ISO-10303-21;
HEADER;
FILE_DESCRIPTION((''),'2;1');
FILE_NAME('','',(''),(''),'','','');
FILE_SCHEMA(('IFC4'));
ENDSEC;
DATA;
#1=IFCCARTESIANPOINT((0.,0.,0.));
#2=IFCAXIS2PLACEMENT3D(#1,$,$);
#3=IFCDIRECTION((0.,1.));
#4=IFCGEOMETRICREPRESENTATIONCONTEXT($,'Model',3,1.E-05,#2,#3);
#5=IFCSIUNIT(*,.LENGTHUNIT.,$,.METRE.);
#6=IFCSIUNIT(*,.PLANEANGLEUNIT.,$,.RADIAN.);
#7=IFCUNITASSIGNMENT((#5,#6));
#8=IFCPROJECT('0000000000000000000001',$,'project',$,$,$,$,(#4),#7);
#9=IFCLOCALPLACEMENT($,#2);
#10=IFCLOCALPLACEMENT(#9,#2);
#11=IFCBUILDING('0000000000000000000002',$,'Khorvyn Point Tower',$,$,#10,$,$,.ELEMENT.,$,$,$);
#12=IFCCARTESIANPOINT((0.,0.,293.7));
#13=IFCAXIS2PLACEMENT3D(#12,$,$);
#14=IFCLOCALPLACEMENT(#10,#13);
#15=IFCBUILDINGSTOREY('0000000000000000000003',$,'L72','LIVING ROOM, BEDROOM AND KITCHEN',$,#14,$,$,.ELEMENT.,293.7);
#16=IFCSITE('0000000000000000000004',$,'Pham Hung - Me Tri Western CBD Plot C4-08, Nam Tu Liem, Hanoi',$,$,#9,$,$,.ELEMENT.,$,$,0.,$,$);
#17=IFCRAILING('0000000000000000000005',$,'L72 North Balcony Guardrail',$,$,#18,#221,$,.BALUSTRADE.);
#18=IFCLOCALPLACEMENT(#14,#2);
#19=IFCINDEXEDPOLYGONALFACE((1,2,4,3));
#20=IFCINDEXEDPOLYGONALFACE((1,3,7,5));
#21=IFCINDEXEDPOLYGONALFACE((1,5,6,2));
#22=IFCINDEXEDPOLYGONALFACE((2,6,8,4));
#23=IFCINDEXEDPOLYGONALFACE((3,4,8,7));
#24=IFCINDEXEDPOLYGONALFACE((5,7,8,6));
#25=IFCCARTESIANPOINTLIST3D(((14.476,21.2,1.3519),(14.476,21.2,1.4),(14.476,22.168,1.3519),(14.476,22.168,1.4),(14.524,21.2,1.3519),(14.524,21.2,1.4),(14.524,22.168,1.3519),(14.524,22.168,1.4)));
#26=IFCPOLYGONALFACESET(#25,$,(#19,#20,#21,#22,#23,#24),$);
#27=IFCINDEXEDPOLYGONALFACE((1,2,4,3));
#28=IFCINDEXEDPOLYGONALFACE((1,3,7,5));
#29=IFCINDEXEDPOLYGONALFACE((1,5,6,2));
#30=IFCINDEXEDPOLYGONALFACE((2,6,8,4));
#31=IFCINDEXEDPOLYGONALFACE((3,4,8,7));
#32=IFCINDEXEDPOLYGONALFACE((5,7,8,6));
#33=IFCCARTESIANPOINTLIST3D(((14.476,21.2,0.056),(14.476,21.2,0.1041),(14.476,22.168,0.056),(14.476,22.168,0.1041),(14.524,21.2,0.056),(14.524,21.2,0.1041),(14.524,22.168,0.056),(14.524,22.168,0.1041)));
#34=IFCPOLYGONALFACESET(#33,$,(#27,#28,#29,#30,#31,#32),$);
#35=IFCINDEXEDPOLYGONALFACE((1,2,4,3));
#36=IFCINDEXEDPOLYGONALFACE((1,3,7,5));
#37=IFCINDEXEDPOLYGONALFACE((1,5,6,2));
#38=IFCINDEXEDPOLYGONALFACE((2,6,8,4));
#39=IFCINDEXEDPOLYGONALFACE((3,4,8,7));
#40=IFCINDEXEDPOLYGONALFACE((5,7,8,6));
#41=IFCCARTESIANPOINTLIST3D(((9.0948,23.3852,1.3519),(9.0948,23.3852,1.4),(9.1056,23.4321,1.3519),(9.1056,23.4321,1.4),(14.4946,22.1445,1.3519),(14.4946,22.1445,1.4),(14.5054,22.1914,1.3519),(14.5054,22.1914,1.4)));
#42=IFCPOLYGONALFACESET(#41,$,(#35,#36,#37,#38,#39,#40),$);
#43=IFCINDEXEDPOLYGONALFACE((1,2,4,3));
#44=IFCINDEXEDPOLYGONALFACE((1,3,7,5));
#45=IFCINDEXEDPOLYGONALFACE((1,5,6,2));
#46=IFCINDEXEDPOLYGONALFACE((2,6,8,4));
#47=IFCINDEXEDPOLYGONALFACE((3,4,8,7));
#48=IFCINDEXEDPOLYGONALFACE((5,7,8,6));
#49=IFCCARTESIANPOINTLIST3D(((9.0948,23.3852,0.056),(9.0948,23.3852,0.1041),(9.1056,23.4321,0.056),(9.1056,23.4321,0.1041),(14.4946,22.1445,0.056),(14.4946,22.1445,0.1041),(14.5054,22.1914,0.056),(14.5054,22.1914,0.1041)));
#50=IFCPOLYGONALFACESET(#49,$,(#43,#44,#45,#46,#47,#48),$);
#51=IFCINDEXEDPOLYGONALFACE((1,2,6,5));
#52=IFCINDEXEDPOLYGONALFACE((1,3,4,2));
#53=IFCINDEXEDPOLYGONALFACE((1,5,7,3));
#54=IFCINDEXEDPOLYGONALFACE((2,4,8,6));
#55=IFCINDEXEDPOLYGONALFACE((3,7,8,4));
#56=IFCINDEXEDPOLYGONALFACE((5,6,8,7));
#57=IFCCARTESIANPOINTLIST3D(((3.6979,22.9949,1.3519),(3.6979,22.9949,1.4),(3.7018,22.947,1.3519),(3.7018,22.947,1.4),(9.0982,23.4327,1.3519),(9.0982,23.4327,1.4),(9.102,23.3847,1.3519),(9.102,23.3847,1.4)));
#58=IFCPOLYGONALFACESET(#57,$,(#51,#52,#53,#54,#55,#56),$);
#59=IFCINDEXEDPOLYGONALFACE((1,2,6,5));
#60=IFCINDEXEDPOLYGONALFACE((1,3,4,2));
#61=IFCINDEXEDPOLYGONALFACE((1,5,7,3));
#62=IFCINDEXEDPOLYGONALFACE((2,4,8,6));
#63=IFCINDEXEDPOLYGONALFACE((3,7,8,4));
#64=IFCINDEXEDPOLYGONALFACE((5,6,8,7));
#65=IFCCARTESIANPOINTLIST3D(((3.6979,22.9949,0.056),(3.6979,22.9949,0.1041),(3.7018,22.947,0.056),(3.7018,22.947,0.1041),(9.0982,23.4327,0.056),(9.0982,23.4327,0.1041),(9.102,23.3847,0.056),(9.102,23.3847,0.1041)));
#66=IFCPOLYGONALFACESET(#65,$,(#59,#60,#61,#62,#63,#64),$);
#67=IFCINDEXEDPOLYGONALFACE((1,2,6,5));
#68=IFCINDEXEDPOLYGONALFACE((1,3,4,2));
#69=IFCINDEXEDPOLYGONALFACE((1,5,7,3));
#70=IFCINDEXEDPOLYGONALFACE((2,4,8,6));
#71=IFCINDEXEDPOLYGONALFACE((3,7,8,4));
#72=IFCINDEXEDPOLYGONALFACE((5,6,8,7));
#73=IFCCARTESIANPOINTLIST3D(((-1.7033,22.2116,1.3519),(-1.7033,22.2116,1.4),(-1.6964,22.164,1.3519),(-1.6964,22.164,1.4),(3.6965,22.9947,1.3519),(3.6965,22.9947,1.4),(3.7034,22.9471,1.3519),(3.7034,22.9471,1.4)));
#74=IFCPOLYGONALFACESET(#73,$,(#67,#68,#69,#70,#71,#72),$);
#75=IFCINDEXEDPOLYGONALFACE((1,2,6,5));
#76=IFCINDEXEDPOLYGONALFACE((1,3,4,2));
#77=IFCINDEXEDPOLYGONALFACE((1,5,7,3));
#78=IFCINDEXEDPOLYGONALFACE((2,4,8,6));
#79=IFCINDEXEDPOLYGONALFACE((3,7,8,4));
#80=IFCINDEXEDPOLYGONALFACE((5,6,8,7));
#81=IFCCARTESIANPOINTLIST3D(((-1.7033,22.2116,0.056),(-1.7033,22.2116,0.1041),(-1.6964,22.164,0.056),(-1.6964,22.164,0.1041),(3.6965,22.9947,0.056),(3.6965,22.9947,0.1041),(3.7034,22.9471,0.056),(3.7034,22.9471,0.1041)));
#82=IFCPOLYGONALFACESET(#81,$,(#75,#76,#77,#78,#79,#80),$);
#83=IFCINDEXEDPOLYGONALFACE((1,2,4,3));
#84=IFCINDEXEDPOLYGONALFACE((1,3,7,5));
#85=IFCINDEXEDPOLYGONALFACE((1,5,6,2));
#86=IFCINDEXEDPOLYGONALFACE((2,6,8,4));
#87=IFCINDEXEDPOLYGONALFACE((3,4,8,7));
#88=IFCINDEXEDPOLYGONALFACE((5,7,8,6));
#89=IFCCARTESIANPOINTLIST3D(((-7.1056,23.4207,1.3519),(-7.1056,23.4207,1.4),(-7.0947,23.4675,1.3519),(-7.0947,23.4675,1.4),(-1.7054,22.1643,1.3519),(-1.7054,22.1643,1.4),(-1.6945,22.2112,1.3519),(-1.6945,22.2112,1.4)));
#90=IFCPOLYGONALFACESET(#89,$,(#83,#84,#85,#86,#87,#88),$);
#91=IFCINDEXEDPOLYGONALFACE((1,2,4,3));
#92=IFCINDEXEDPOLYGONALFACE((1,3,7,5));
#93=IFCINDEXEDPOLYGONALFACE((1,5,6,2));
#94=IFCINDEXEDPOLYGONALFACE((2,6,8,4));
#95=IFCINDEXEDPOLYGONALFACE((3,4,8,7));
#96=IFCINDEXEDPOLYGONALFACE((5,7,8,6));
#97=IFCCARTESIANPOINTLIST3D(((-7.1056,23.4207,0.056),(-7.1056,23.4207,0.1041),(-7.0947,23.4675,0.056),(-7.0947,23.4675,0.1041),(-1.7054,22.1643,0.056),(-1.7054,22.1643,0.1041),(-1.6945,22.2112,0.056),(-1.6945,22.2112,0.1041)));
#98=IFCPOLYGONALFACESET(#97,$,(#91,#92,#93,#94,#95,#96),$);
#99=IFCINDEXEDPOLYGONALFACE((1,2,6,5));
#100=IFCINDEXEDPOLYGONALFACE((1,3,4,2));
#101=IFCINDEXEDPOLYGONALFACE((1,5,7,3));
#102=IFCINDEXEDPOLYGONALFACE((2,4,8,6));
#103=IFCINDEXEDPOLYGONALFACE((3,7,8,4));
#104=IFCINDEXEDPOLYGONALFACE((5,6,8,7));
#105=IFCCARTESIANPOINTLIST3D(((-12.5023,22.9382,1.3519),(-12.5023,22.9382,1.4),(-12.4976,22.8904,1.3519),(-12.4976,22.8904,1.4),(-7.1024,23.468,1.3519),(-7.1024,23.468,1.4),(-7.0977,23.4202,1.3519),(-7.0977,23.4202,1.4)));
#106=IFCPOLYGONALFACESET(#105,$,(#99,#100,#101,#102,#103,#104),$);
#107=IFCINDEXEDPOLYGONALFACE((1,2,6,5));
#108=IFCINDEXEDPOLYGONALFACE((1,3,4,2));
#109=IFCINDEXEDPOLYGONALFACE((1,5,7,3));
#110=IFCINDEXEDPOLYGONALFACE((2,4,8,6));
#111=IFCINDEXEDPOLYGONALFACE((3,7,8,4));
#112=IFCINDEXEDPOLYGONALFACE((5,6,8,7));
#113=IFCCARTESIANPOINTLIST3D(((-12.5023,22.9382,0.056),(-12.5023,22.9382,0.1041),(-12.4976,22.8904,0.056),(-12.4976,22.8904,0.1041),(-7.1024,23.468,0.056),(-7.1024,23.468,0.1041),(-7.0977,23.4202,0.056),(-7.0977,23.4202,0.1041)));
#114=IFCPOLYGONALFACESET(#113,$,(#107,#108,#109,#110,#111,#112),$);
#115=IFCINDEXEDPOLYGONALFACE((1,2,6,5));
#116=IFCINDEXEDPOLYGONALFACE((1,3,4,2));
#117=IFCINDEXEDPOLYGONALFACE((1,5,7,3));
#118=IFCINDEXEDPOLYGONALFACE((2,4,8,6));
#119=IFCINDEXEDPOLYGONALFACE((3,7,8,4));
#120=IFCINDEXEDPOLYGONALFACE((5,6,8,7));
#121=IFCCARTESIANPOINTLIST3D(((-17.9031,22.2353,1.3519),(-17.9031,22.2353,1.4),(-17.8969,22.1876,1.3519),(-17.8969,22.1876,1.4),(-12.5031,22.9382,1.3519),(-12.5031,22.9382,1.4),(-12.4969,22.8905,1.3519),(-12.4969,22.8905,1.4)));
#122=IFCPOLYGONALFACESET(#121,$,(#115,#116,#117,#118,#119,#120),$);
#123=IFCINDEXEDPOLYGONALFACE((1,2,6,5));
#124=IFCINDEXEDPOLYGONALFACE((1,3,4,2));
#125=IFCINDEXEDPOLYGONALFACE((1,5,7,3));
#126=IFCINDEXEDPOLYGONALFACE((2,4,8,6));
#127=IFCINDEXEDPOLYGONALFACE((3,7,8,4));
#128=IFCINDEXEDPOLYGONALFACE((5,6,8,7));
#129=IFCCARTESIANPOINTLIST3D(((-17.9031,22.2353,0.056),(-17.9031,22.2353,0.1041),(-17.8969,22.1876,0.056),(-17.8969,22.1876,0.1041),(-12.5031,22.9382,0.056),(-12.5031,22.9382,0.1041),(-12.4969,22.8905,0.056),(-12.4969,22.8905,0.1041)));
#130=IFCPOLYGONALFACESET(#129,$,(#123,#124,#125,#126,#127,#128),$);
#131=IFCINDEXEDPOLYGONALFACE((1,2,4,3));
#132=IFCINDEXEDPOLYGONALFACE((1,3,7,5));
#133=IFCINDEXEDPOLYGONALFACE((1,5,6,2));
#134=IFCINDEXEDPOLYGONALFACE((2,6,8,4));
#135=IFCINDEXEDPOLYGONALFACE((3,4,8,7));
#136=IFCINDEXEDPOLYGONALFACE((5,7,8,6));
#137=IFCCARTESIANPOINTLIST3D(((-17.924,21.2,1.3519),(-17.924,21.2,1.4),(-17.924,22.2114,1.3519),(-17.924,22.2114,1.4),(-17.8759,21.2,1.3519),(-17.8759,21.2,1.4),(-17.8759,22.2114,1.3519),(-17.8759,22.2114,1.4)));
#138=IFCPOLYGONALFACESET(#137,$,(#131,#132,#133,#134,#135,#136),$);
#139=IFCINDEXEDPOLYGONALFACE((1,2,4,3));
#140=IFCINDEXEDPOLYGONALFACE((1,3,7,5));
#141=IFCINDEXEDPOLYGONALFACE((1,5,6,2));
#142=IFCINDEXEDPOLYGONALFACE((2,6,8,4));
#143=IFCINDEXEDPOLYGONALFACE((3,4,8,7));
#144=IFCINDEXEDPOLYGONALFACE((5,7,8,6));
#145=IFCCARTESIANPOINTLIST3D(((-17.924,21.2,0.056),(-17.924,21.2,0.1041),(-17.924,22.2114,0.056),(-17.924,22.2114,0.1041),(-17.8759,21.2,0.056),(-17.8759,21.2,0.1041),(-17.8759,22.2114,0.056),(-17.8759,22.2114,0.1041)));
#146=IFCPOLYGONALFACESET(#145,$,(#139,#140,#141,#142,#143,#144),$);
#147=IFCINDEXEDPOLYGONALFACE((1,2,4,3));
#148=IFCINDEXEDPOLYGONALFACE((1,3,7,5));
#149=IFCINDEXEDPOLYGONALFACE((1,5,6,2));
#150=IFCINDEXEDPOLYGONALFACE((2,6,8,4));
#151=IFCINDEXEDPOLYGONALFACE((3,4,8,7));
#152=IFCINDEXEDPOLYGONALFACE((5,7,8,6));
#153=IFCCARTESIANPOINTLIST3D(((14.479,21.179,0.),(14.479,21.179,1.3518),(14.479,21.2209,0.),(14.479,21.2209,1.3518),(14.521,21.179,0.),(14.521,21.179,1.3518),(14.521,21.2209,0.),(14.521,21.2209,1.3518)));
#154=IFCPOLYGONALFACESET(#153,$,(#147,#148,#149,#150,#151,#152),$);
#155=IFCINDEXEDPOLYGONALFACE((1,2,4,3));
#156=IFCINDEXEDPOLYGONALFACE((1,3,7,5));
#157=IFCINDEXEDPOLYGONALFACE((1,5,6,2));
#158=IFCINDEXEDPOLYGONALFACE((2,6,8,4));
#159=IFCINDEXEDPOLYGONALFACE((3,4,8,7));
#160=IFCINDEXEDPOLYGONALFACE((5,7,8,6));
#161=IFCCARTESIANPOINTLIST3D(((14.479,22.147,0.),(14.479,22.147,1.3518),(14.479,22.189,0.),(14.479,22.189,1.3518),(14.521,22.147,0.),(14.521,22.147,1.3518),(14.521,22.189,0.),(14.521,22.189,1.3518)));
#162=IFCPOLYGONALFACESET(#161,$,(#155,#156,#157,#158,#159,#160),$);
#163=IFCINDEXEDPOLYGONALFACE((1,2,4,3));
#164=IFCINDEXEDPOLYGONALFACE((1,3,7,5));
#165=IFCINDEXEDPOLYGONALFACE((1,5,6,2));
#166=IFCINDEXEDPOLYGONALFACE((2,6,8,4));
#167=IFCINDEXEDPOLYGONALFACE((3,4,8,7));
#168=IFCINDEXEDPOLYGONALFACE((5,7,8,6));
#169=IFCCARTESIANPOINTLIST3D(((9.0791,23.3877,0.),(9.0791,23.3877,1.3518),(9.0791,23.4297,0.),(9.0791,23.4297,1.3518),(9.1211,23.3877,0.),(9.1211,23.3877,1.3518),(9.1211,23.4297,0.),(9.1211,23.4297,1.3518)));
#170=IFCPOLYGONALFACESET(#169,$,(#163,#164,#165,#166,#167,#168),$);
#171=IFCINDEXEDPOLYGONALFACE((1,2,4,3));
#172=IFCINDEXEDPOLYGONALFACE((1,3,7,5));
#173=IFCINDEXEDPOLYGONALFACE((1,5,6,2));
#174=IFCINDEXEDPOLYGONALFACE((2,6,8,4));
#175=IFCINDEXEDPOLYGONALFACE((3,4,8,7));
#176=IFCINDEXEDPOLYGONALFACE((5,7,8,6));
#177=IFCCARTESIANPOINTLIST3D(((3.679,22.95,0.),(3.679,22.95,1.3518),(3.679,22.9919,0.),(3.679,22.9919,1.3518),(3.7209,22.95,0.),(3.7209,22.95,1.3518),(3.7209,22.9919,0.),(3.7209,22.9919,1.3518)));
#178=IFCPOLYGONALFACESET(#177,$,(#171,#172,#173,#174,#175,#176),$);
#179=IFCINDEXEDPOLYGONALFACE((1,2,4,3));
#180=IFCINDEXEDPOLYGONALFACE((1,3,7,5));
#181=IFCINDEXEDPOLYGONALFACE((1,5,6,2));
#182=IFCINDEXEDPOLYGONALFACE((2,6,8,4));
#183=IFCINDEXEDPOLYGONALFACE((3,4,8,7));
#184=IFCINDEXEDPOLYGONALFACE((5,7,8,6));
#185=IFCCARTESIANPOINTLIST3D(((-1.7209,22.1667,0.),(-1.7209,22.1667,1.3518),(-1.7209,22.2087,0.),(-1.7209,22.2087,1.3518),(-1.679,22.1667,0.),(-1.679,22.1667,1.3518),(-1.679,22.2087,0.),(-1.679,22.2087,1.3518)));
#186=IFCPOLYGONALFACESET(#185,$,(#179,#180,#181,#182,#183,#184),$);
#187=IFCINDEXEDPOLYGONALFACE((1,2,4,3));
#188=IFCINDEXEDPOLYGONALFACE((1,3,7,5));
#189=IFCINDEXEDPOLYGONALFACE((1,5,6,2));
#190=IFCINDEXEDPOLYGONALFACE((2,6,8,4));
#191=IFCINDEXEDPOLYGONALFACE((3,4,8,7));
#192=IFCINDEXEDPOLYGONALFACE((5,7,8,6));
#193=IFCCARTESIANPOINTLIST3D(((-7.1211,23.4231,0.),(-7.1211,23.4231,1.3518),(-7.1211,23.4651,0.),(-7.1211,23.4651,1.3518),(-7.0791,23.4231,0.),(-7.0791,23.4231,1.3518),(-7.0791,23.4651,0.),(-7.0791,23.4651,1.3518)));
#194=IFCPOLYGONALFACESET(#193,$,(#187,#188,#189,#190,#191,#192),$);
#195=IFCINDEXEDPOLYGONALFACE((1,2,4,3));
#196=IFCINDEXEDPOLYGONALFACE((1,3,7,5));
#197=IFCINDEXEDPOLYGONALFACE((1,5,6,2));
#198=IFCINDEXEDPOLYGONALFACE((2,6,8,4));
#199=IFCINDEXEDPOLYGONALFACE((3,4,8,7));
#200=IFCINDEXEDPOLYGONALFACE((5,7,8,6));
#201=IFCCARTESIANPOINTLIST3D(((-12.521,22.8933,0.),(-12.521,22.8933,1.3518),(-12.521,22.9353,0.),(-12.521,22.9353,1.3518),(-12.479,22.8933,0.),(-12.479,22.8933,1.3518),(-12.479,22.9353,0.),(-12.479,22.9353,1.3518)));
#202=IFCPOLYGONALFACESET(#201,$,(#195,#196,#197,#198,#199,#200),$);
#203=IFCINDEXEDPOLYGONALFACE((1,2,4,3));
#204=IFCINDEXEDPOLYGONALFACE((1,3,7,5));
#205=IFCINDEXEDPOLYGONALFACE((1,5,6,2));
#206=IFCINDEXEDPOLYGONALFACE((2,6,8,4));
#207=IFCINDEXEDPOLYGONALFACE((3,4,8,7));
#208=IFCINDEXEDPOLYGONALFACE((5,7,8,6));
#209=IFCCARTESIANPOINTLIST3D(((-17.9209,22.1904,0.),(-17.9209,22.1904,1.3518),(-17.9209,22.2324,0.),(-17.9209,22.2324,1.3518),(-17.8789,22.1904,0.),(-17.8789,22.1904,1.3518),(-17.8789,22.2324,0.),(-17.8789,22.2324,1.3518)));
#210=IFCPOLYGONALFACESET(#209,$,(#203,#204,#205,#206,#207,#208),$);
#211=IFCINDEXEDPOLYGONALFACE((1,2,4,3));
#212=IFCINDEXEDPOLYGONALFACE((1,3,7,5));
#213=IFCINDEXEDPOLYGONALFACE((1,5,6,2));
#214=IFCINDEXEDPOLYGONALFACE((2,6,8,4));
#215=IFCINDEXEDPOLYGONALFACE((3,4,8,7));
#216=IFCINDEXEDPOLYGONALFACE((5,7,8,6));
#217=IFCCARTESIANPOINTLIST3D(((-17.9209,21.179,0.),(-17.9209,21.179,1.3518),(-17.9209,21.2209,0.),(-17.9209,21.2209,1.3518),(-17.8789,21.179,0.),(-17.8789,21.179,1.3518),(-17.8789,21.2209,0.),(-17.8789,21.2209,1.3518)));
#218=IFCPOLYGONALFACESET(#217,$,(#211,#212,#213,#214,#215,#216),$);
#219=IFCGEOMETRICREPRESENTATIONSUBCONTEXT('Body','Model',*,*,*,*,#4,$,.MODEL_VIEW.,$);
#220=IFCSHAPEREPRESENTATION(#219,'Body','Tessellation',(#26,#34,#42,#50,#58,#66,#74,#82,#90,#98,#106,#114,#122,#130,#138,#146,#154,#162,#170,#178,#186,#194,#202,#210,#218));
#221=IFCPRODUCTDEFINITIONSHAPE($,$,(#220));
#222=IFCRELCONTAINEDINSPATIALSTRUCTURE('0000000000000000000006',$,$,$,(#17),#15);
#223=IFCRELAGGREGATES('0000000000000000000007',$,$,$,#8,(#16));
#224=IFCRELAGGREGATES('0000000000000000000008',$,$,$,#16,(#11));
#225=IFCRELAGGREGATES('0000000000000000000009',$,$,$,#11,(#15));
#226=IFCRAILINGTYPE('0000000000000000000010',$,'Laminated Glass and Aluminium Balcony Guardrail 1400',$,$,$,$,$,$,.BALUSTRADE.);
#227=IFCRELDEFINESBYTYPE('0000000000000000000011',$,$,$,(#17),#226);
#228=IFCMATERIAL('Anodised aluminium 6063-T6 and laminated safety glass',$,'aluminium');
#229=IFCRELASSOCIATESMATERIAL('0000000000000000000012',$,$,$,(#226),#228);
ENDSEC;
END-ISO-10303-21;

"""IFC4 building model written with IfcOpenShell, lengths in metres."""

from ifc_helpers import new_model, si_unit, direction, frame, origin, origin_2d, place, context, subcontext, project, spatial, rectangle, extrude, material, type_object, element, save


model = new_model("IFC4")

# Units and contexts
model_context = context("Model", 3, precision=1e-05, world=origin(), true_north=direction((0.0, 1.0)))
body_context = subcontext(model_context, "Body", "Model", "MODEL_VIEW")
ifc_project = project(units=[si_unit("LENGTHUNIT", "METRE"), si_unit("PLANEANGLEUNIT", "RADIAN")], contexts=[model_context])

# Site, building, storey
site_placement = place(None, origin())
site = spatial("IfcSite", under=ifc_project, at=site_placement, Name="Pham Hung - Me Tri Western CBD Plot C4-08, Nam Tu Liem, Hanoi", CompositionType="ELEMENT", RefElevation=0.0)
building_placement = place(site_placement, origin())
building = spatial("IfcBuilding", under=site, at=building_placement, Name="Khorvyn Point Tower", CompositionType="ELEMENT")
storey_placement = place(building_placement, frame((0.0, 0.0, 293.7)))
storey = spatial("IfcBuildingStorey", under=building, at=storey_placement, Name="L72", Description="LIVING ROOM, BEDROOM AND KITCHEN", CompositionType="ELEMENT", Elevation=293.7)

# Railing
ifc_material_1 = material(Name="Anodised aluminium 6063-T6 and laminated safety glass", Category="aluminium")
railing_type = type_object("IfcRailingType", Name="Laminated Glass and Aluminium Balcony Guardrail 1400", PredefinedType="BALUSTRADE", material=ifc_material_1)
railing_1_placement = place(storey_placement, frame((14.5, 21.2, 0.0)))
element("IfcRailing", 1, at=railing_1_placement, inside=storey, type_object=railing_type, Name="L72 North Balcony Guardrail", PredefinedType="BALUSTRADE", context=body_context, shape_type="SweptSolid", body=[
    extrude(rectangle(XDim=0.0481, YDim=0.0481, at=origin_2d()), frame((0.0, 0.0, 1.376), z_axis=(0.0, 1.0, 0.0), x_axis=(-1.0, 0.0, 0.0)), (0.0, 0.0, 1.0), 0.968),
    extrude(rectangle(XDim=0.0481, YDim=0.0481, at=origin_2d()), frame((0.0, 0.0, 0.0801), z_axis=(0.0, 1.0, 0.0), x_axis=(-1.0, 0.0, 0.0)), (0.0, 0.0, 1.0), 0.968),
    extrude(rectangle(XDim=0.0481, YDim=0.0481, at=origin_2d()), frame((0.0, 0.968, 1.376), z_axis=(-0.974605, 0.223933, 0.0), x_axis=(-0.223933, -0.974605, 0.0)), (0.0, 0.0, 1.0), 5.5405),
    extrude(rectangle(XDim=0.0481, YDim=0.0481, at=origin_2d()), frame((0.0, 0.968, 0.0801), z_axis=(-0.974605, 0.223933, 0.0), x_axis=(-0.223933, -0.974605, 0.0)), (0.0, 0.0, 1.0), 5.5405),
    extrude(rectangle(XDim=0.0481, YDim=0.0481, at=origin_2d()), frame((-5.3999, 2.2087, 1.376), z_axis=(-0.996731, -0.080797, 0.0), x_axis=(0.080797, -0.996731, 0.0)), (0.0, 0.0, 1.0), 5.418),
    extrude(rectangle(XDim=0.0481, YDim=0.0481, at=origin_2d()), frame((-5.3999, 2.2087, 0.0801), z_axis=(-0.996731, -0.080797, 0.0), x_axis=(0.080797, -0.996731, 0.0)), (0.0, 0.0, 1.0), 5.418),
    extrude(rectangle(XDim=0.0481, YDim=0.0481, at=origin_2d()), frame((-10.8, 1.771, 1.376), z_axis=(-0.989645, -0.143538, 0.0), x_axis=(0.143538, -0.989645, 0.0)), (0.0, 0.0, 1.0), 5.4563),
    extrude(rectangle(XDim=0.0481, YDim=0.0481, at=origin_2d()), frame((-10.8, 1.771, 0.0801), z_axis=(-0.989645, -0.143538, 0.0), x_axis=(0.143538, -0.989645, 0.0)), (0.0, 0.0, 1.0), 5.4563),
    extrude(rectangle(XDim=0.0481, YDim=0.0481, at=origin_2d()), frame((-16.2, 0.9878, 1.376), z_axis=(-0.973988, 0.226599, 0.0), x_axis=(-0.226599, -0.973988, 0.0)), (0.0, 0.0, 1.0), 5.5444),
    extrude(rectangle(XDim=0.0481, YDim=0.0481, at=origin_2d()), frame((-16.2, 0.9878, 0.0801), z_axis=(-0.973988, 0.226599, 0.0), x_axis=(-0.226599, -0.973988, 0.0)), (0.0, 0.0, 1.0), 5.5444),
    extrude(rectangle(XDim=0.0481, YDim=0.0481, at=origin_2d()), frame((-21.6001, 2.2441, 1.376), z_axis=(-0.995222, -0.097641, 0.0), x_axis=(0.097641, -0.995222, 0.0)), (0.0, 0.0, 1.0), 5.4258),
    extrude(rectangle(XDim=0.0481, YDim=0.0481, at=origin_2d()), frame((-21.6001, 2.2441, 0.0801), z_axis=(-0.995222, -0.097641, 0.0), x_axis=(0.097641, -0.995222, 0.0)), (0.0, 0.0, 1.0), 5.4258),
    extrude(rectangle(XDim=0.0481, YDim=0.0481, at=origin_2d()), frame((-27.0, 1.7144, 1.376), z_axis=(-0.991635, -0.129077, 0.0), x_axis=(0.129077, -0.991635, 0.0)), (0.0, 0.0, 1.0), 5.4456),
    extrude(rectangle(XDim=0.0481, YDim=0.0481, at=origin_2d()), frame((-27.0, 1.7144, 0.0801), z_axis=(-0.991635, -0.129077, 0.0), x_axis=(0.129077, -0.991635, 0.0)), (0.0, 0.0, 1.0), 5.4456),
    extrude(rectangle(XDim=0.0481, YDim=0.0481, at=origin_2d()), frame((-32.3999, 1.0115, 1.376), z_axis=(0.0, -1.0, 0.0), x_axis=(1.0, 0.0, 0.0)), (0.0, 0.0, 1.0), 1.0115),
    extrude(rectangle(XDim=0.0481, YDim=0.0481, at=origin_2d()), frame((-32.3999, 1.0115, 0.0801), z_axis=(0.0, -1.0, 0.0), x_axis=(1.0, 0.0, 0.0)), (0.0, 0.0, 1.0), 1.0115),
    extrude(rectangle(XDim=0.042, YDim=0.042, at=origin_2d()), origin(), (0.0, 0.0, 1.0), 1.3518),
    extrude(rectangle(XDim=0.042, YDim=0.042, at=origin_2d()), frame((0.0, 0.968, 0.0)), (0.0, 0.0, 1.0), 1.3518),
    extrude(rectangle(XDim=0.042, YDim=0.042, at=origin_2d()), frame((-5.3999, 2.2087, 0.0)), (0.0, 0.0, 1.0), 1.3518),
    extrude(rectangle(XDim=0.042, YDim=0.042, at=origin_2d()), frame((-10.8, 1.771, 0.0)), (0.0, 0.0, 1.0), 1.3518),
    extrude(rectangle(XDim=0.042, YDim=0.042, at=origin_2d()), frame((-16.2, 0.9878, 0.0)), (0.0, 0.0, 1.0), 1.3518),
    extrude(rectangle(XDim=0.042, YDim=0.042, at=origin_2d()), frame((-21.6001, 2.2441, 0.0)), (0.0, 0.0, 1.0), 1.3518),
    extrude(rectangle(XDim=0.042, YDim=0.042, at=origin_2d()), frame((-27.0, 1.7144, 0.0)), (0.0, 0.0, 1.0), 1.3518),
    extrude(rectangle(XDim=0.042, YDim=0.042, at=origin_2d()), frame((-32.3999, 1.0115, 0.0)), (0.0, 0.0, 1.0), 1.3518),
    extrude(rectangle(XDim=0.042, YDim=0.042, at=origin_2d()), frame((-32.3999, 0.0, 0.0)), (0.0, 0.0, 1.0), 1.3518),
])

save(model, "model.ifc")
